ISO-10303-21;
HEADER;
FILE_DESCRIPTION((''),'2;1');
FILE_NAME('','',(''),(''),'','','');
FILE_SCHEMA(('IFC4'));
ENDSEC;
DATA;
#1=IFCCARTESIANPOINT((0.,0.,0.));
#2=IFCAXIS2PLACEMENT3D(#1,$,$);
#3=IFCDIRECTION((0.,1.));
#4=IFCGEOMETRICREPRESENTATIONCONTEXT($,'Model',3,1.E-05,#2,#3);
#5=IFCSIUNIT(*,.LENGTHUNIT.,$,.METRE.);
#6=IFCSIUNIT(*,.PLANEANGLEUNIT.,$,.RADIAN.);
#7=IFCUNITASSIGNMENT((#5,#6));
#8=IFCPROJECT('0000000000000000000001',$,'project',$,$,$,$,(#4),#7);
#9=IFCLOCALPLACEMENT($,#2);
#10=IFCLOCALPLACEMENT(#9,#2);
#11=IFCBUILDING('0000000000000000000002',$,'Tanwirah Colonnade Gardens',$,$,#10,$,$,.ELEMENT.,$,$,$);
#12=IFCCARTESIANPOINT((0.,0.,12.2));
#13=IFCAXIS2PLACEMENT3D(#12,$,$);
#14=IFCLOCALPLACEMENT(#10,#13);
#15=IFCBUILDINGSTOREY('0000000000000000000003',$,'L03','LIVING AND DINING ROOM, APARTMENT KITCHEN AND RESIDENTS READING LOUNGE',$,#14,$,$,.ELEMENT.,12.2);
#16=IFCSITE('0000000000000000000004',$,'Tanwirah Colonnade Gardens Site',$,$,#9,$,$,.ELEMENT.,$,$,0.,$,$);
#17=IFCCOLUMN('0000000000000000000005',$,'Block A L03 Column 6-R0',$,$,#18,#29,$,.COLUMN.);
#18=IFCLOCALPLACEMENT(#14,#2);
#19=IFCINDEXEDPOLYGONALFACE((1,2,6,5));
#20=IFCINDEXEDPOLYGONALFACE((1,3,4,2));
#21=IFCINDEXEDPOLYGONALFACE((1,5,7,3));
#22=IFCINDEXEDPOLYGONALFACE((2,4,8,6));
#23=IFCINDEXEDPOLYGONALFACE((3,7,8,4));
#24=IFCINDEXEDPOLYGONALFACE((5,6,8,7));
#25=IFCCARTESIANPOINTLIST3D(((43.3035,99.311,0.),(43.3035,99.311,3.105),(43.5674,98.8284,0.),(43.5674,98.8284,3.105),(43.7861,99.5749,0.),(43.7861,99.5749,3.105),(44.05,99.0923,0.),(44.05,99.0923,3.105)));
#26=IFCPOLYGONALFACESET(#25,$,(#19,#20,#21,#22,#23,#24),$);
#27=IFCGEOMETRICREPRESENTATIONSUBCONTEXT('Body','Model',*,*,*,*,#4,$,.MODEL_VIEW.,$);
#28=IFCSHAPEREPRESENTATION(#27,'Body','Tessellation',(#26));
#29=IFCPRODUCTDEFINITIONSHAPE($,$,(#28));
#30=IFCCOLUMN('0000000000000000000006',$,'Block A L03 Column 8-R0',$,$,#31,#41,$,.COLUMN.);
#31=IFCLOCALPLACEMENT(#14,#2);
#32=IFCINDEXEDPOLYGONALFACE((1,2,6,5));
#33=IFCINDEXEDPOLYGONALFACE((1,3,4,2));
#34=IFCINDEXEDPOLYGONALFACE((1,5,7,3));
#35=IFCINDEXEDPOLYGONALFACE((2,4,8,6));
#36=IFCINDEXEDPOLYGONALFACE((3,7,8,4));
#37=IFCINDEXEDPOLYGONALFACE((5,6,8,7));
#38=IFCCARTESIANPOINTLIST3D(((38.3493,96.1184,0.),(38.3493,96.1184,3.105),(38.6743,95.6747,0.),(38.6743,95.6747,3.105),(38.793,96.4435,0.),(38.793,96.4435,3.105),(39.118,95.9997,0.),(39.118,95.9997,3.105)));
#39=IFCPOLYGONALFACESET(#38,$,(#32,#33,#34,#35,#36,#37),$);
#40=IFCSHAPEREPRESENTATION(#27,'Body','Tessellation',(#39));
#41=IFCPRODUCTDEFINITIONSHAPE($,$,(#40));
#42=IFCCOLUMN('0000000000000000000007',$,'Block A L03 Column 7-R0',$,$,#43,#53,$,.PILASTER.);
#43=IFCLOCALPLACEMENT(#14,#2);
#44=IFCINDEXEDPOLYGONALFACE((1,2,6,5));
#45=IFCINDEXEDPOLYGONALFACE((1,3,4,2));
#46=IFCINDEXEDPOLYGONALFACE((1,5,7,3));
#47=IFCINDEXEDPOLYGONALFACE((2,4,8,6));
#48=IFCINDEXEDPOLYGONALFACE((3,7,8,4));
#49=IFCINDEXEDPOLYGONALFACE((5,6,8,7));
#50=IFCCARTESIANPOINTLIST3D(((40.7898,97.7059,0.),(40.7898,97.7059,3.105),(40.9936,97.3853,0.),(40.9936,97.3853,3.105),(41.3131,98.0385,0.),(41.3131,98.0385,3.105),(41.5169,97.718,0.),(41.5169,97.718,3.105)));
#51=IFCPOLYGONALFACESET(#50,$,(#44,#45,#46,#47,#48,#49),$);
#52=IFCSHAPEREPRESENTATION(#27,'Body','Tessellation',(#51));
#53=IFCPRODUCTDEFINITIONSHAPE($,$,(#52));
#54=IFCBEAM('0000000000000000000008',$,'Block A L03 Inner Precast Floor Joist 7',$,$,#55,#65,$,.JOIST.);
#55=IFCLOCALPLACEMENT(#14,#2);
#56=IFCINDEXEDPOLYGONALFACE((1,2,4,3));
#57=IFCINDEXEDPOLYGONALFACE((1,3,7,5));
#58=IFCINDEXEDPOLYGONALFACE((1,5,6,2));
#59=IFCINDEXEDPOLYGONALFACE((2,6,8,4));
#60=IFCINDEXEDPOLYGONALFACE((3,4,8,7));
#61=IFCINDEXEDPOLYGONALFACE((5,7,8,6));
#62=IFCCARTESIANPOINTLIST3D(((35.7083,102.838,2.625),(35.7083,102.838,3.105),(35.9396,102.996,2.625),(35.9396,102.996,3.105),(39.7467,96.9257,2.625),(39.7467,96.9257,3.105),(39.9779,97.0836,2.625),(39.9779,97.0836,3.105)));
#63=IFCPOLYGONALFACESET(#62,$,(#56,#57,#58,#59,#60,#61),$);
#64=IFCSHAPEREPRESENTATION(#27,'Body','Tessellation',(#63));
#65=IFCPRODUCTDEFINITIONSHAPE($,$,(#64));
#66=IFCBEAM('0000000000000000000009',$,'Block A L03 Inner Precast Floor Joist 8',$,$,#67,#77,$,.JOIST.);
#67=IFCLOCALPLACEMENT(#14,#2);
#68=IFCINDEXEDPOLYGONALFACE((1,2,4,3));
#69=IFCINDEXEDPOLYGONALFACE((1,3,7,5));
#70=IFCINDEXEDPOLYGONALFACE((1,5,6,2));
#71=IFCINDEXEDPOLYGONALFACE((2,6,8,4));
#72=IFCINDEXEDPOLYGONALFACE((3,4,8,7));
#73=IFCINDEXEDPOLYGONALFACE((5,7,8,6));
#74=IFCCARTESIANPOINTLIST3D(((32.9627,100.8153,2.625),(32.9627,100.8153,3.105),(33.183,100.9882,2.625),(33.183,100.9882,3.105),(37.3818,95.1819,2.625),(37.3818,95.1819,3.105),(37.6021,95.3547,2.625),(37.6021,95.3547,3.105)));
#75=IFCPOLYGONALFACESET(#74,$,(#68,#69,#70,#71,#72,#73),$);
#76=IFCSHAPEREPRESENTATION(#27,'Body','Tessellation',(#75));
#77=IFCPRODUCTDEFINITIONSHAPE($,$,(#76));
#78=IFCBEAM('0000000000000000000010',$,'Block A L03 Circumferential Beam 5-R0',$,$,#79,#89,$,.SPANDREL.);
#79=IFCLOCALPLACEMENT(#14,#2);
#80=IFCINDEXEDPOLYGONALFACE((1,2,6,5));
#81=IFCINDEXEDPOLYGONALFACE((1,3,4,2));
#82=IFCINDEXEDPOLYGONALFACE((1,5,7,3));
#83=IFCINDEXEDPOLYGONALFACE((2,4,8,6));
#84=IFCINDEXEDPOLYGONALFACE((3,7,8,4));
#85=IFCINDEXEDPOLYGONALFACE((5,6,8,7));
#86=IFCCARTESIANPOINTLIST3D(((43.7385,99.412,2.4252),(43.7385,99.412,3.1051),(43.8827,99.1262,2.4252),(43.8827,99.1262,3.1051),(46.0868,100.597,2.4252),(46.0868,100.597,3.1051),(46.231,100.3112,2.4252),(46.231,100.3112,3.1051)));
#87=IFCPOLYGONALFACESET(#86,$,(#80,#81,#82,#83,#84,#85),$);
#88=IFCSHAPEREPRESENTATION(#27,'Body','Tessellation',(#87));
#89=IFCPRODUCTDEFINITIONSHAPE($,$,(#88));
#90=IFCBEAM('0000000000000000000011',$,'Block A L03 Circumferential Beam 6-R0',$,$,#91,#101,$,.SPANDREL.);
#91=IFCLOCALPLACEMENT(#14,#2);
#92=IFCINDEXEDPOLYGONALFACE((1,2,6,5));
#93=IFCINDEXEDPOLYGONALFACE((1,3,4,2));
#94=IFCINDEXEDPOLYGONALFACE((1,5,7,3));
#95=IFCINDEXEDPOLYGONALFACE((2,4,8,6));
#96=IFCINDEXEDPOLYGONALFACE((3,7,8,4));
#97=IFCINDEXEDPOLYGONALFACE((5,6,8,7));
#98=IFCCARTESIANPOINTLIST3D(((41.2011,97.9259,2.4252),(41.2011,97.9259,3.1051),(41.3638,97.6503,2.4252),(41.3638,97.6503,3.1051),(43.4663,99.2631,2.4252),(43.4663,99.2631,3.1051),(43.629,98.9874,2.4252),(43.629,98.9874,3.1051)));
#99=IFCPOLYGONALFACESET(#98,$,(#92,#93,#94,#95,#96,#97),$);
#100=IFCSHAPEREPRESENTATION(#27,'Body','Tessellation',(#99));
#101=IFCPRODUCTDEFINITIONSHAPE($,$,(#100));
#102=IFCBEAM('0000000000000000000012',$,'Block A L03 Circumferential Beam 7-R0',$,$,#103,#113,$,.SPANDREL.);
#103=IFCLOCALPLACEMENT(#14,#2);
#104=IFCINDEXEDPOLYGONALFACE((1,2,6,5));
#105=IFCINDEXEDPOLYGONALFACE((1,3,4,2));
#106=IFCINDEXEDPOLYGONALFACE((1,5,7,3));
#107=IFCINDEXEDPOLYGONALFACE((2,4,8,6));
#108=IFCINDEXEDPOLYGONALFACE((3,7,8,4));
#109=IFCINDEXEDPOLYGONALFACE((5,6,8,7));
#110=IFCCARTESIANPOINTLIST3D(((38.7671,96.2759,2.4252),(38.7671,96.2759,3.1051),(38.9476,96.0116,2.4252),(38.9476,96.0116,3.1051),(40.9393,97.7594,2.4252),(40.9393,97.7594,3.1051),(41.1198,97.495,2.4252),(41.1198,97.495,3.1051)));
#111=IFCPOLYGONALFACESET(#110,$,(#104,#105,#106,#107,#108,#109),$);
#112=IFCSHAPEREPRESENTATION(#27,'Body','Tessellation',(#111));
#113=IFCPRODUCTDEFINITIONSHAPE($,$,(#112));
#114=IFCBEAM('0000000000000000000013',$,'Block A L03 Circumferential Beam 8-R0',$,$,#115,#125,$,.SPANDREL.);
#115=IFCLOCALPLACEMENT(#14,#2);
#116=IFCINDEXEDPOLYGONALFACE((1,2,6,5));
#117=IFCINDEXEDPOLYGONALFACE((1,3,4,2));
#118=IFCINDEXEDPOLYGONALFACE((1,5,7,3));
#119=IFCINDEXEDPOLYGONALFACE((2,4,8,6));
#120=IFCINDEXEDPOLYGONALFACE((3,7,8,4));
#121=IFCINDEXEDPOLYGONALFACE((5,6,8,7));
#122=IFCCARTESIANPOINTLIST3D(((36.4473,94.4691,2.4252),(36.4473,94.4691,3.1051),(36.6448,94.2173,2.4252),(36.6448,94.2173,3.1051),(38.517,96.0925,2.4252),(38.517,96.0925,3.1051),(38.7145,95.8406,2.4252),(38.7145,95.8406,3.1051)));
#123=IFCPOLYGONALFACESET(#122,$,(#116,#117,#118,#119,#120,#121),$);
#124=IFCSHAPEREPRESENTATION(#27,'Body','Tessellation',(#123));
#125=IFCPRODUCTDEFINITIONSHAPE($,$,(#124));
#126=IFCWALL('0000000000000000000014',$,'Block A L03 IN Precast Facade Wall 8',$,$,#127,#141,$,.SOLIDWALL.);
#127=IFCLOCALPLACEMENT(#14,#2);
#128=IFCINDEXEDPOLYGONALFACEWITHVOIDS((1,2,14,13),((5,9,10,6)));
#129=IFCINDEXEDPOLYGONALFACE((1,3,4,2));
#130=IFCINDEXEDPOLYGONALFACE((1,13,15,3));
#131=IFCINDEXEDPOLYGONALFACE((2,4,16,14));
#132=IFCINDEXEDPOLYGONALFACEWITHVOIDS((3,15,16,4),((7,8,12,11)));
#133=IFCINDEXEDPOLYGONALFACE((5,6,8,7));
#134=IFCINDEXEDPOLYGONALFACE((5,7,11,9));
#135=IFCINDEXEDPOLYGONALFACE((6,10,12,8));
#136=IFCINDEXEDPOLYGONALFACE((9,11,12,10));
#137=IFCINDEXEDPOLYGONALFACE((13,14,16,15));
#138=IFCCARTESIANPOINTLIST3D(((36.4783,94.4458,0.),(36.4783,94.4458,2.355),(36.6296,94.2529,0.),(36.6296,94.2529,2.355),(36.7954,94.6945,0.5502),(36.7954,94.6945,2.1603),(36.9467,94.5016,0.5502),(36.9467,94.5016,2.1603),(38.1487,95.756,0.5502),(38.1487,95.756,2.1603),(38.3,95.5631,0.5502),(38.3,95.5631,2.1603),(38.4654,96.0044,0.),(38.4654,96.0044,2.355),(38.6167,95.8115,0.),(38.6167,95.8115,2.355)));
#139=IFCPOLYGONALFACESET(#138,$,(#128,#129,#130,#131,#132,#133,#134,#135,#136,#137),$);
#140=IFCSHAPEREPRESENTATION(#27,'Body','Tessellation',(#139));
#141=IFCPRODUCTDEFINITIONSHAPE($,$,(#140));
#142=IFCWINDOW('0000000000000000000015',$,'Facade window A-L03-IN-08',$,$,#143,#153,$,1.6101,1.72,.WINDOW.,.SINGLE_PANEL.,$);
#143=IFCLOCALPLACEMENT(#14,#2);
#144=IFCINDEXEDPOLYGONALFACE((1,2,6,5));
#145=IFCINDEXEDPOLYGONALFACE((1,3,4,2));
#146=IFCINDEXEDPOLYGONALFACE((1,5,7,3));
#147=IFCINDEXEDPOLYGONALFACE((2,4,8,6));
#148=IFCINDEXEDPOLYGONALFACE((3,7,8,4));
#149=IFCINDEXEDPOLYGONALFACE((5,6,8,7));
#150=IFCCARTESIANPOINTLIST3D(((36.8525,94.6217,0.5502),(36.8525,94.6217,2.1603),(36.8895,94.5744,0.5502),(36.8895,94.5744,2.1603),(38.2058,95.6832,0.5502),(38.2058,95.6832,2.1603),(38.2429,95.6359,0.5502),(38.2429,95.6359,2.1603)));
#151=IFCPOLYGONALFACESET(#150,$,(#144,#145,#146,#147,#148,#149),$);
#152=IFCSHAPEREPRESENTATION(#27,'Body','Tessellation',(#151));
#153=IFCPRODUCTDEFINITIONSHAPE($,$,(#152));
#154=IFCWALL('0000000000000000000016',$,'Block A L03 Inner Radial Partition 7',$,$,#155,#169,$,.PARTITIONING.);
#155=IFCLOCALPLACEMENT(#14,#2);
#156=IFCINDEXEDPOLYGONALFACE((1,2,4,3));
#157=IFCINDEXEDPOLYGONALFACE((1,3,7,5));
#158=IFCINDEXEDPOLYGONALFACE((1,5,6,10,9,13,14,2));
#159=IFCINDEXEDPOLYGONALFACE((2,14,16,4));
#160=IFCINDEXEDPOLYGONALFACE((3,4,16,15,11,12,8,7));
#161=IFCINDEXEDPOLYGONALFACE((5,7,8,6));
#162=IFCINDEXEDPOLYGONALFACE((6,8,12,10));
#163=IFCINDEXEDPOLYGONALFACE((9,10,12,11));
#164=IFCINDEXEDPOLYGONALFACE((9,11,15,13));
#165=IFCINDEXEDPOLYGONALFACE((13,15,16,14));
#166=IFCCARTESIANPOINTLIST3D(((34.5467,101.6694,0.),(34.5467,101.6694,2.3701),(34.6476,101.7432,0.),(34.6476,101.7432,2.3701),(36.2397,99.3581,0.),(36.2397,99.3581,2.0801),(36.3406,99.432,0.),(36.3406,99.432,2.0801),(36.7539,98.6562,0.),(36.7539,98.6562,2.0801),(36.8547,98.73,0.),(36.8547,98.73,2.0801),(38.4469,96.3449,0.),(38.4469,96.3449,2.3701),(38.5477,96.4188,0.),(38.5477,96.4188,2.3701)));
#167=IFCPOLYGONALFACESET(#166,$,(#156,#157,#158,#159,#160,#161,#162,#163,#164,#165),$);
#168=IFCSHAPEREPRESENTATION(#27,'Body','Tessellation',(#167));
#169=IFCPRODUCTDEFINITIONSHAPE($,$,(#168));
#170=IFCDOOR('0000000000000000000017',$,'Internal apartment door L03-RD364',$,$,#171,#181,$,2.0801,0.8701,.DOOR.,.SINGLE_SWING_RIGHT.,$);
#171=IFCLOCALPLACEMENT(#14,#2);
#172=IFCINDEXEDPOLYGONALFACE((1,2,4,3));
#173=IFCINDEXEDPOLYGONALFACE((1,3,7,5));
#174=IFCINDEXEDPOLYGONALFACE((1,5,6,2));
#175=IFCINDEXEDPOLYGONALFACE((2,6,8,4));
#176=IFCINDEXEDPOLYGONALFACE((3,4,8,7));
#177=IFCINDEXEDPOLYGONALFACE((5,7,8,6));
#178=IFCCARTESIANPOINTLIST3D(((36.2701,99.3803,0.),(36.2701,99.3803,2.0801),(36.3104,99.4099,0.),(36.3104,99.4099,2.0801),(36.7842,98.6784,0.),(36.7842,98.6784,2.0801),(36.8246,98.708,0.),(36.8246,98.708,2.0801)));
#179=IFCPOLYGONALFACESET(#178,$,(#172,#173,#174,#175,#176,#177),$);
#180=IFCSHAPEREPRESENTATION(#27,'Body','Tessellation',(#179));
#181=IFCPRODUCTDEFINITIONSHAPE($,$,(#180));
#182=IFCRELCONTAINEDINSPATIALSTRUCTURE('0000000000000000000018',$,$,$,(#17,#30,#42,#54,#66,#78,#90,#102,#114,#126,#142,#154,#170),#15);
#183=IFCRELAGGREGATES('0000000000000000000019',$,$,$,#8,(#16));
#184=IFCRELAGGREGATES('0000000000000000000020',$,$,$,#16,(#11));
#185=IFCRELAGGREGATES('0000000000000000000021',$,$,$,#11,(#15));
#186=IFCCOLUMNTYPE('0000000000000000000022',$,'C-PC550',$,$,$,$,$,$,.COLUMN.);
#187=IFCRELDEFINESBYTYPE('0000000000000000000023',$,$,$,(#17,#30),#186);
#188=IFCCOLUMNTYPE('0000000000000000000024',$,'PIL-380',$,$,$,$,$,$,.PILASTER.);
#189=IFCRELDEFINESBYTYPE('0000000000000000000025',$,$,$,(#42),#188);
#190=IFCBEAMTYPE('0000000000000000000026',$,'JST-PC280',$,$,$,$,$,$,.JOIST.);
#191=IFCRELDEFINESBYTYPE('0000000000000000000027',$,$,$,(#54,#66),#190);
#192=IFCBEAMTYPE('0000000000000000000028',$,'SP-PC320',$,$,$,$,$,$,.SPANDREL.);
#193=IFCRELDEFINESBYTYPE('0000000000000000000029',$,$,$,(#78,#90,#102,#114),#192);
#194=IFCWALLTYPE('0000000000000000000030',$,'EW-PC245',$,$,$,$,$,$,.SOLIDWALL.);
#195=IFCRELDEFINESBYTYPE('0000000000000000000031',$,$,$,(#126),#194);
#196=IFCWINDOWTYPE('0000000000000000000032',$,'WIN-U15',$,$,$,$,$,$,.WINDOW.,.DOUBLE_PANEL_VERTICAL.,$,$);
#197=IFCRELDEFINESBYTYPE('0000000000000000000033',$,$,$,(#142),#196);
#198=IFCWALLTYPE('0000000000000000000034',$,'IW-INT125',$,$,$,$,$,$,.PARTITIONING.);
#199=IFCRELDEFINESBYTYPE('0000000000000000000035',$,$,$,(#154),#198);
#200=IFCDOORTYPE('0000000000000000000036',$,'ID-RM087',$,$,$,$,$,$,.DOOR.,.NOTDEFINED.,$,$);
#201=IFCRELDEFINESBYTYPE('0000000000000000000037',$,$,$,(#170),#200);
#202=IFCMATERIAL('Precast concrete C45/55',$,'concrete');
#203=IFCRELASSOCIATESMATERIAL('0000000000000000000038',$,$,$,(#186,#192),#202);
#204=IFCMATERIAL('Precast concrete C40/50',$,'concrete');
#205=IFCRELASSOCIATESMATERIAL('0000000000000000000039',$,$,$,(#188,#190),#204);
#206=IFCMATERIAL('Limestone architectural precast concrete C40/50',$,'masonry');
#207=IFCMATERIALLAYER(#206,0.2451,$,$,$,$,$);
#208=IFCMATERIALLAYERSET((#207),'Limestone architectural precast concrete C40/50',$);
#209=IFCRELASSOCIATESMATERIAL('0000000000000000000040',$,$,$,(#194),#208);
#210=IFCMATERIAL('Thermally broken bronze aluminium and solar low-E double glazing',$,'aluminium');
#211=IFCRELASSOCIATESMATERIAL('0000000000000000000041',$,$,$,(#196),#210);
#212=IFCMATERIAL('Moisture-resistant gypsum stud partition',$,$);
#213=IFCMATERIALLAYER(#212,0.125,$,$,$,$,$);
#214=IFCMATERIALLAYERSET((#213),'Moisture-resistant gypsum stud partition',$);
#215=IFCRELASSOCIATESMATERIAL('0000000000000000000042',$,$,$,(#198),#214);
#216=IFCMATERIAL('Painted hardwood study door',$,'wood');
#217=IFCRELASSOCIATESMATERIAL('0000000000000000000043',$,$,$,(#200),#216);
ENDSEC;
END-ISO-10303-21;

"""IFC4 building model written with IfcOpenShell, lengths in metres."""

from ifc_helpers import new_model, si_unit, direction, frame, frame_2d, origin, origin_2d, place, context, subcontext, project, spatial, rectangle, extrude, material, layer, layer_set, material_profile, profile_set, type_object, element, fill, save


model = new_model("IFC4")

# Units and contexts
model_context = context("Model", 3, precision=1e-05, world=origin(), true_north=direction((0.0, 1.0)))
body_context = subcontext(model_context, "Body", "Model", "MODEL_VIEW")
ifc_project = project(units=[si_unit("LENGTHUNIT", "METRE"), si_unit("PLANEANGLEUNIT", "RADIAN")], contexts=[model_context])

# Site, building, storey
site_placement = place(None, origin())
site = spatial("IfcSite", under=ifc_project, at=site_placement, Name="Tanwirah Colonnade Gardens Site", CompositionType="ELEMENT", RefElevation=0.0)
building_placement = place(site_placement, origin())
building = spatial("IfcBuilding", under=site, at=building_placement, Name="Tanwirah Colonnade Gardens", CompositionType="ELEMENT")
storey_placement = place(building_placement, frame((0.0, 0.0, 12.2)))
storey = spatial("IfcBuildingStorey", under=building, at=storey_placement, Name="L03", Description="LIVING AND DINING ROOM, APARTMENT KITCHEN AND RESIDENTS READING LOUNGE", CompositionType="ELEMENT", Elevation=12.2)

# Columns
ifc_material_1 = material(Name="Precast concrete C45/55", Category="concrete")
ifc_material_profile_1 = material_profile(ifc_material_1, rectangle(XDim=0.55, YDim=0.55, at=origin_2d()), Name="PC-COL 550x550")
ifc_profile_set_1 = profile_set([ifc_material_profile_1], Name="Precast concrete C45/55")
column_type_1 = type_object("IfcColumnType", Name="C-PC550", PredefinedType="COLUMN", material=ifc_profile_set_1)
for number, where, z_axis, x_axis, name in (
    (1, (43.6768, 99.2017, 0.0), (0.0, 0.0, 1.0), (-0.479713, 0.877425, 0.0), "Block A L03 Column 6-R0"),
    (2, (38.7336, 96.0591, 0.0), (0.0, 0.0, 1.0), (-0.590919, 0.806731, 0.0), "Block A L03 Column 8-R0"),
):
    element("IfcColumn", number, at=place(storey_placement, frame(where, z_axis=z_axis, x_axis=x_axis)), inside=storey, type_object=column_type_1, Name=name, PredefinedType="COLUMN", context=body_context, shape_type="SweptSolid", body=[
        extrude(rectangle(XDim=0.55, YDim=0.55, at=origin_2d()), origin(), (0.0, 0.0, 1.0), 3.105),
    ])
ifc_material_2 = material(Name="Precast concrete C40/50", Category="concrete")
ifc_material_profile_2 = material_profile(ifc_material_2, rectangle(XDim=0.3799, YDim=0.6201, at=origin_2d()), Name="PC-PIL 380x620")
ifc_profile_set_2 = profile_set([ifc_material_profile_2], Name="Precast concrete C40/50")
column_type_2 = type_object("IfcColumnType", Name="PIL-380", PredefinedType="PILASTER", material=ifc_profile_set_2)
column_placement = place(storey_placement, frame((41.1533, 97.7119, 0.0), z_axis=(0.0, 0.0, 1.0), x_axis=(-0.536482, 0.843912, 0.0)))
element("IfcColumn", 3, at=column_placement, inside=storey, type_object=column_type_2, Name="Block A L03 Column 7-R0", PredefinedType="PILASTER", context=body_context, shape_type="SweptSolid", body=[
    extrude(rectangle(XDim=0.3799, YDim=0.6201, at=origin_2d()), origin(), (0.0, 0.0, 1.0), 3.105),
])

# Beams
ifc_material_profile_3 = material_profile(ifc_material_2, rectangle(XDim=0.28, YDim=0.48, at=origin_2d()), Name="PC-JST 280x480")
ifc_profile_set_3 = profile_set([ifc_material_profile_3], Name="Precast concrete C40/50")
beam_type_1 = type_object("IfcBeamType", Name="JST-PC280", PredefinedType="JOIST", material=ifc_profile_set_3)
for number, where, z_axis, x_axis, name in (
    (4, (39.8623, 97.0046, 2.865), (-0.564021, 0.82576, 0.0), (-0.82576, -0.564021, 0.0), "Block A L03 Inner Precast Floor Joist 7"),
    (5, (37.4919, 95.2683, 2.865), (-0.617202, 0.786804, 0.0), (-0.786804, -0.617202, 0.0), "Block A L03 Inner Precast Floor Joist 8"),
):
    element("IfcBeam", number, at=place(storey_placement, frame(where, z_axis=z_axis, x_axis=x_axis)), inside=storey, type_object=beam_type_1, Name=name, PredefinedType="JOIST", context=body_context, shape_type="SweptSolid", body=[
        extrude(rectangle(XDim=0.28, YDim=0.48, at=origin_2d()), origin(), (0.0, 0.0, 1.0), 7.1599),
    ])
ifc_material_profile_4 = material_profile(ifc_material_1, rectangle(XDim=0.3201, YDim=0.6799, at=origin_2d()), Name="PC-SP 320x680")
ifc_profile_set_4 = profile_set([ifc_material_profile_4], Name="Precast concrete C45/55")
beam_type_2 = type_object("IfcBeamType", Name="SP-PC320", PredefinedType="SPANDREL", material=ifc_profile_set_4)
for number, where, z_axis, x_axis, name in (
    (6, (46.1589, 100.4541, 2.7651), (-0.892769, -0.450515, 0.0), (0.450515, -0.892769, 0.0), "Block A L03 Circumferential Beam 5-R0"),
    (7, (43.5476, 99.1252, 2.7651), (-0.861148, -0.508354, 0.0), (0.508354, -0.861148, 0.0), "Block A L03 Circumferential Beam 6-R0"),
    (8, (41.0295, 97.6272, 2.7651), (-0.825801, -0.563962, 0.0), (0.563962, -0.825801, 0.0), "Block A L03 Circumferential Beam 7-R0"),
    (9, (38.6157, 95.9666, 2.7651), (-0.786837, -0.617161, 0.0), (0.617161, -0.786837, 0.0), "Block A L03 Circumferential Beam 8-R0"),
):
    element("IfcBeam", number, at=place(storey_placement, frame(where, z_axis=z_axis, x_axis=x_axis)), inside=storey, type_object=beam_type_2, Name=name, PredefinedType="SPANDREL", context=body_context, shape_type="SweptSolid", body=[
        extrude(rectangle(XDim=0.3201, YDim=0.6799, at=origin_2d()), origin(), (0.0, 0.0, 1.0), 2.6304),
    ])

# Wall, opening, window
ifc_material_3 = material(Name="Limestone architectural precast concrete C40/50", Category="masonry")
ifc_layer_1 = layer(ifc_material_3, 0.2451)
ifc_layer_set_1 = layer_set([ifc_layer_1], Name="Limestone architectural precast concrete C40/50")
wall_type_1 = type_object("IfcWallType", Name="EW-PC245", PredefinedType="SOLIDWALL", material=ifc_layer_set_1)
wall_1_placement = place(storey_placement, frame((38.541, 95.908, 0.0), z_axis=(0.0, 0.0, 1.0), x_axis=(-0.786831, -0.617168, 0.0)))
wall_1 = element("IfcWall", 10, at=wall_1_placement, inside=storey, type_object=wall_type_1, Name="Block A L03 IN Precast Facade Wall 8", PredefinedType="SOLIDWALL", context=body_context, shape_type="SweptSolid", body=[
    extrude(rectangle(XDim=2.5254, YDim=0.2451, at=frame_2d((1.2627, 0.0))), origin(), (0.0, 0.0, 1.0), 2.355),
])
opening_1_placement = place(wall_1_placement, frame((0.4026, 0.0, 0.55)))
opening_1 = element("IfcOpeningElement", 11, at=opening_1_placement, cuts=wall_1, PredefinedType="OPENING", context=body_context, shape_type="SweptSolid", body=[
    extrude(rectangle(XDim=1.72, YDim=1.6101, at=frame_2d((0.8599, 0.8052))), frame((0.0, 0.1326, 0.0), z_axis=(0.0, -1.0, 0.0), x_axis=(1.0, 0.0, 0.0)), (0.0, 0.0, 1.0), 0.2651),
])
ifc_material_4 = material(Name="Thermally broken bronze aluminium and solar low-E double glazing", Category="aluminium")
window_type = type_object("IfcWindowType", Name="WIN-U15", PartitioningType="DOUBLE_PANEL_VERTICAL", PredefinedType="WINDOW", material=ifc_material_4)
window_placement = place(opening_1_placement, origin())
window = element("IfcWindow", 12, at=window_placement, inside=storey, type_object=window_type, Name="Facade window A-L03-IN-08", OverallHeight=1.6101, OverallWidth=1.72, PartitioningType="SINGLE_PANEL", PredefinedType="WINDOW", context=body_context, shape_type="SweptSolid", body=[
    extrude(rectangle(XDim=1.72, YDim=1.6101, at=frame_2d((0.8599, 0.8052))), frame((0.0, 0.03, 0.0), z_axis=(0.0, -1.0, 0.0), x_axis=(1.0, 0.0, 0.0)), (0.0, 0.0, 1.0), 0.0601),
])
fill(opening_1, window)

# Wall, opening, door
ifc_material_5 = material(Name="Moisture-resistant gypsum stud partition")
ifc_layer_2 = layer(ifc_material_5, 0.125)
ifc_layer_set_2 = layer_set([ifc_layer_2], Name="Moisture-resistant gypsum stud partition")
wall_type_2 = type_object("IfcWallType", Name="IW-INT125", PredefinedType="PARTITIONING", material=ifc_layer_set_2)
wall_2_placement = place(storey_placement, frame((38.4973, 96.3818, 0.0), z_axis=(0.0, 0.0, 1.0), x_axis=(-0.590924, 0.806727, 0.0)))
wall_2 = element("IfcWall", 13, at=wall_2_placement, inside=storey, type_object=wall_type_2, Name="Block A L03 Inner Radial Partition 7", PredefinedType="PARTITIONING", context=body_context, shape_type="SweptSolid", body=[
    extrude(rectangle(XDim=6.6001, YDim=0.125, at=frame_2d((3.3, 0.0))), origin(), (0.0, 0.0, 1.0), 2.3701),
])
opening_2_placement = place(wall_2_placement, frame((2.865, 0.0, 0.0)))
opening_2 = element("IfcOpeningElement", 14, at=opening_2_placement, cuts=wall_2, PredefinedType="OPENING", context=body_context, shape_type="SweptSolid", body=[
    extrude(rectangle(XDim=0.8701, YDim=2.0801, at=frame_2d((0.4351, 1.04))), frame((0.0, 0.0725, 0.0), z_axis=(0.0, -1.0, 0.0), x_axis=(1.0, 0.0, 0.0)), (0.0, 0.0, 1.0), 0.145),
])
ifc_material_6 = material(Name="Painted hardwood study door", Category="wood")
door_type_1 = type_object("IfcDoorType", Name="ID-RM087", OperationType="NOTDEFINED", PredefinedType="DOOR", material=ifc_material_6)
door_1_placement = place(opening_2_placement, origin())
door_1 = element("IfcDoor", 15, at=door_1_placement, inside=storey, type_object=door_type_1, Name="Internal apartment door L03-RD364", OperationType="SINGLE_SWING_RIGHT", OverallHeight=2.0801, OverallWidth=0.8701, PredefinedType="DOOR", context=body_context, shape_type="SweptSolid", body=[
    extrude(rectangle(XDim=0.8701, YDim=2.0801, at=frame_2d((0.4351, 1.04))), frame((0.0, 0.0249, 0.0), z_axis=(0.0, -1.0, 0.0), x_axis=(1.0, 0.0, 0.0)), (0.0, 0.0, 1.0), 0.05),
])
fill(opening_2, door_1)

save(model, "model.ifc")
